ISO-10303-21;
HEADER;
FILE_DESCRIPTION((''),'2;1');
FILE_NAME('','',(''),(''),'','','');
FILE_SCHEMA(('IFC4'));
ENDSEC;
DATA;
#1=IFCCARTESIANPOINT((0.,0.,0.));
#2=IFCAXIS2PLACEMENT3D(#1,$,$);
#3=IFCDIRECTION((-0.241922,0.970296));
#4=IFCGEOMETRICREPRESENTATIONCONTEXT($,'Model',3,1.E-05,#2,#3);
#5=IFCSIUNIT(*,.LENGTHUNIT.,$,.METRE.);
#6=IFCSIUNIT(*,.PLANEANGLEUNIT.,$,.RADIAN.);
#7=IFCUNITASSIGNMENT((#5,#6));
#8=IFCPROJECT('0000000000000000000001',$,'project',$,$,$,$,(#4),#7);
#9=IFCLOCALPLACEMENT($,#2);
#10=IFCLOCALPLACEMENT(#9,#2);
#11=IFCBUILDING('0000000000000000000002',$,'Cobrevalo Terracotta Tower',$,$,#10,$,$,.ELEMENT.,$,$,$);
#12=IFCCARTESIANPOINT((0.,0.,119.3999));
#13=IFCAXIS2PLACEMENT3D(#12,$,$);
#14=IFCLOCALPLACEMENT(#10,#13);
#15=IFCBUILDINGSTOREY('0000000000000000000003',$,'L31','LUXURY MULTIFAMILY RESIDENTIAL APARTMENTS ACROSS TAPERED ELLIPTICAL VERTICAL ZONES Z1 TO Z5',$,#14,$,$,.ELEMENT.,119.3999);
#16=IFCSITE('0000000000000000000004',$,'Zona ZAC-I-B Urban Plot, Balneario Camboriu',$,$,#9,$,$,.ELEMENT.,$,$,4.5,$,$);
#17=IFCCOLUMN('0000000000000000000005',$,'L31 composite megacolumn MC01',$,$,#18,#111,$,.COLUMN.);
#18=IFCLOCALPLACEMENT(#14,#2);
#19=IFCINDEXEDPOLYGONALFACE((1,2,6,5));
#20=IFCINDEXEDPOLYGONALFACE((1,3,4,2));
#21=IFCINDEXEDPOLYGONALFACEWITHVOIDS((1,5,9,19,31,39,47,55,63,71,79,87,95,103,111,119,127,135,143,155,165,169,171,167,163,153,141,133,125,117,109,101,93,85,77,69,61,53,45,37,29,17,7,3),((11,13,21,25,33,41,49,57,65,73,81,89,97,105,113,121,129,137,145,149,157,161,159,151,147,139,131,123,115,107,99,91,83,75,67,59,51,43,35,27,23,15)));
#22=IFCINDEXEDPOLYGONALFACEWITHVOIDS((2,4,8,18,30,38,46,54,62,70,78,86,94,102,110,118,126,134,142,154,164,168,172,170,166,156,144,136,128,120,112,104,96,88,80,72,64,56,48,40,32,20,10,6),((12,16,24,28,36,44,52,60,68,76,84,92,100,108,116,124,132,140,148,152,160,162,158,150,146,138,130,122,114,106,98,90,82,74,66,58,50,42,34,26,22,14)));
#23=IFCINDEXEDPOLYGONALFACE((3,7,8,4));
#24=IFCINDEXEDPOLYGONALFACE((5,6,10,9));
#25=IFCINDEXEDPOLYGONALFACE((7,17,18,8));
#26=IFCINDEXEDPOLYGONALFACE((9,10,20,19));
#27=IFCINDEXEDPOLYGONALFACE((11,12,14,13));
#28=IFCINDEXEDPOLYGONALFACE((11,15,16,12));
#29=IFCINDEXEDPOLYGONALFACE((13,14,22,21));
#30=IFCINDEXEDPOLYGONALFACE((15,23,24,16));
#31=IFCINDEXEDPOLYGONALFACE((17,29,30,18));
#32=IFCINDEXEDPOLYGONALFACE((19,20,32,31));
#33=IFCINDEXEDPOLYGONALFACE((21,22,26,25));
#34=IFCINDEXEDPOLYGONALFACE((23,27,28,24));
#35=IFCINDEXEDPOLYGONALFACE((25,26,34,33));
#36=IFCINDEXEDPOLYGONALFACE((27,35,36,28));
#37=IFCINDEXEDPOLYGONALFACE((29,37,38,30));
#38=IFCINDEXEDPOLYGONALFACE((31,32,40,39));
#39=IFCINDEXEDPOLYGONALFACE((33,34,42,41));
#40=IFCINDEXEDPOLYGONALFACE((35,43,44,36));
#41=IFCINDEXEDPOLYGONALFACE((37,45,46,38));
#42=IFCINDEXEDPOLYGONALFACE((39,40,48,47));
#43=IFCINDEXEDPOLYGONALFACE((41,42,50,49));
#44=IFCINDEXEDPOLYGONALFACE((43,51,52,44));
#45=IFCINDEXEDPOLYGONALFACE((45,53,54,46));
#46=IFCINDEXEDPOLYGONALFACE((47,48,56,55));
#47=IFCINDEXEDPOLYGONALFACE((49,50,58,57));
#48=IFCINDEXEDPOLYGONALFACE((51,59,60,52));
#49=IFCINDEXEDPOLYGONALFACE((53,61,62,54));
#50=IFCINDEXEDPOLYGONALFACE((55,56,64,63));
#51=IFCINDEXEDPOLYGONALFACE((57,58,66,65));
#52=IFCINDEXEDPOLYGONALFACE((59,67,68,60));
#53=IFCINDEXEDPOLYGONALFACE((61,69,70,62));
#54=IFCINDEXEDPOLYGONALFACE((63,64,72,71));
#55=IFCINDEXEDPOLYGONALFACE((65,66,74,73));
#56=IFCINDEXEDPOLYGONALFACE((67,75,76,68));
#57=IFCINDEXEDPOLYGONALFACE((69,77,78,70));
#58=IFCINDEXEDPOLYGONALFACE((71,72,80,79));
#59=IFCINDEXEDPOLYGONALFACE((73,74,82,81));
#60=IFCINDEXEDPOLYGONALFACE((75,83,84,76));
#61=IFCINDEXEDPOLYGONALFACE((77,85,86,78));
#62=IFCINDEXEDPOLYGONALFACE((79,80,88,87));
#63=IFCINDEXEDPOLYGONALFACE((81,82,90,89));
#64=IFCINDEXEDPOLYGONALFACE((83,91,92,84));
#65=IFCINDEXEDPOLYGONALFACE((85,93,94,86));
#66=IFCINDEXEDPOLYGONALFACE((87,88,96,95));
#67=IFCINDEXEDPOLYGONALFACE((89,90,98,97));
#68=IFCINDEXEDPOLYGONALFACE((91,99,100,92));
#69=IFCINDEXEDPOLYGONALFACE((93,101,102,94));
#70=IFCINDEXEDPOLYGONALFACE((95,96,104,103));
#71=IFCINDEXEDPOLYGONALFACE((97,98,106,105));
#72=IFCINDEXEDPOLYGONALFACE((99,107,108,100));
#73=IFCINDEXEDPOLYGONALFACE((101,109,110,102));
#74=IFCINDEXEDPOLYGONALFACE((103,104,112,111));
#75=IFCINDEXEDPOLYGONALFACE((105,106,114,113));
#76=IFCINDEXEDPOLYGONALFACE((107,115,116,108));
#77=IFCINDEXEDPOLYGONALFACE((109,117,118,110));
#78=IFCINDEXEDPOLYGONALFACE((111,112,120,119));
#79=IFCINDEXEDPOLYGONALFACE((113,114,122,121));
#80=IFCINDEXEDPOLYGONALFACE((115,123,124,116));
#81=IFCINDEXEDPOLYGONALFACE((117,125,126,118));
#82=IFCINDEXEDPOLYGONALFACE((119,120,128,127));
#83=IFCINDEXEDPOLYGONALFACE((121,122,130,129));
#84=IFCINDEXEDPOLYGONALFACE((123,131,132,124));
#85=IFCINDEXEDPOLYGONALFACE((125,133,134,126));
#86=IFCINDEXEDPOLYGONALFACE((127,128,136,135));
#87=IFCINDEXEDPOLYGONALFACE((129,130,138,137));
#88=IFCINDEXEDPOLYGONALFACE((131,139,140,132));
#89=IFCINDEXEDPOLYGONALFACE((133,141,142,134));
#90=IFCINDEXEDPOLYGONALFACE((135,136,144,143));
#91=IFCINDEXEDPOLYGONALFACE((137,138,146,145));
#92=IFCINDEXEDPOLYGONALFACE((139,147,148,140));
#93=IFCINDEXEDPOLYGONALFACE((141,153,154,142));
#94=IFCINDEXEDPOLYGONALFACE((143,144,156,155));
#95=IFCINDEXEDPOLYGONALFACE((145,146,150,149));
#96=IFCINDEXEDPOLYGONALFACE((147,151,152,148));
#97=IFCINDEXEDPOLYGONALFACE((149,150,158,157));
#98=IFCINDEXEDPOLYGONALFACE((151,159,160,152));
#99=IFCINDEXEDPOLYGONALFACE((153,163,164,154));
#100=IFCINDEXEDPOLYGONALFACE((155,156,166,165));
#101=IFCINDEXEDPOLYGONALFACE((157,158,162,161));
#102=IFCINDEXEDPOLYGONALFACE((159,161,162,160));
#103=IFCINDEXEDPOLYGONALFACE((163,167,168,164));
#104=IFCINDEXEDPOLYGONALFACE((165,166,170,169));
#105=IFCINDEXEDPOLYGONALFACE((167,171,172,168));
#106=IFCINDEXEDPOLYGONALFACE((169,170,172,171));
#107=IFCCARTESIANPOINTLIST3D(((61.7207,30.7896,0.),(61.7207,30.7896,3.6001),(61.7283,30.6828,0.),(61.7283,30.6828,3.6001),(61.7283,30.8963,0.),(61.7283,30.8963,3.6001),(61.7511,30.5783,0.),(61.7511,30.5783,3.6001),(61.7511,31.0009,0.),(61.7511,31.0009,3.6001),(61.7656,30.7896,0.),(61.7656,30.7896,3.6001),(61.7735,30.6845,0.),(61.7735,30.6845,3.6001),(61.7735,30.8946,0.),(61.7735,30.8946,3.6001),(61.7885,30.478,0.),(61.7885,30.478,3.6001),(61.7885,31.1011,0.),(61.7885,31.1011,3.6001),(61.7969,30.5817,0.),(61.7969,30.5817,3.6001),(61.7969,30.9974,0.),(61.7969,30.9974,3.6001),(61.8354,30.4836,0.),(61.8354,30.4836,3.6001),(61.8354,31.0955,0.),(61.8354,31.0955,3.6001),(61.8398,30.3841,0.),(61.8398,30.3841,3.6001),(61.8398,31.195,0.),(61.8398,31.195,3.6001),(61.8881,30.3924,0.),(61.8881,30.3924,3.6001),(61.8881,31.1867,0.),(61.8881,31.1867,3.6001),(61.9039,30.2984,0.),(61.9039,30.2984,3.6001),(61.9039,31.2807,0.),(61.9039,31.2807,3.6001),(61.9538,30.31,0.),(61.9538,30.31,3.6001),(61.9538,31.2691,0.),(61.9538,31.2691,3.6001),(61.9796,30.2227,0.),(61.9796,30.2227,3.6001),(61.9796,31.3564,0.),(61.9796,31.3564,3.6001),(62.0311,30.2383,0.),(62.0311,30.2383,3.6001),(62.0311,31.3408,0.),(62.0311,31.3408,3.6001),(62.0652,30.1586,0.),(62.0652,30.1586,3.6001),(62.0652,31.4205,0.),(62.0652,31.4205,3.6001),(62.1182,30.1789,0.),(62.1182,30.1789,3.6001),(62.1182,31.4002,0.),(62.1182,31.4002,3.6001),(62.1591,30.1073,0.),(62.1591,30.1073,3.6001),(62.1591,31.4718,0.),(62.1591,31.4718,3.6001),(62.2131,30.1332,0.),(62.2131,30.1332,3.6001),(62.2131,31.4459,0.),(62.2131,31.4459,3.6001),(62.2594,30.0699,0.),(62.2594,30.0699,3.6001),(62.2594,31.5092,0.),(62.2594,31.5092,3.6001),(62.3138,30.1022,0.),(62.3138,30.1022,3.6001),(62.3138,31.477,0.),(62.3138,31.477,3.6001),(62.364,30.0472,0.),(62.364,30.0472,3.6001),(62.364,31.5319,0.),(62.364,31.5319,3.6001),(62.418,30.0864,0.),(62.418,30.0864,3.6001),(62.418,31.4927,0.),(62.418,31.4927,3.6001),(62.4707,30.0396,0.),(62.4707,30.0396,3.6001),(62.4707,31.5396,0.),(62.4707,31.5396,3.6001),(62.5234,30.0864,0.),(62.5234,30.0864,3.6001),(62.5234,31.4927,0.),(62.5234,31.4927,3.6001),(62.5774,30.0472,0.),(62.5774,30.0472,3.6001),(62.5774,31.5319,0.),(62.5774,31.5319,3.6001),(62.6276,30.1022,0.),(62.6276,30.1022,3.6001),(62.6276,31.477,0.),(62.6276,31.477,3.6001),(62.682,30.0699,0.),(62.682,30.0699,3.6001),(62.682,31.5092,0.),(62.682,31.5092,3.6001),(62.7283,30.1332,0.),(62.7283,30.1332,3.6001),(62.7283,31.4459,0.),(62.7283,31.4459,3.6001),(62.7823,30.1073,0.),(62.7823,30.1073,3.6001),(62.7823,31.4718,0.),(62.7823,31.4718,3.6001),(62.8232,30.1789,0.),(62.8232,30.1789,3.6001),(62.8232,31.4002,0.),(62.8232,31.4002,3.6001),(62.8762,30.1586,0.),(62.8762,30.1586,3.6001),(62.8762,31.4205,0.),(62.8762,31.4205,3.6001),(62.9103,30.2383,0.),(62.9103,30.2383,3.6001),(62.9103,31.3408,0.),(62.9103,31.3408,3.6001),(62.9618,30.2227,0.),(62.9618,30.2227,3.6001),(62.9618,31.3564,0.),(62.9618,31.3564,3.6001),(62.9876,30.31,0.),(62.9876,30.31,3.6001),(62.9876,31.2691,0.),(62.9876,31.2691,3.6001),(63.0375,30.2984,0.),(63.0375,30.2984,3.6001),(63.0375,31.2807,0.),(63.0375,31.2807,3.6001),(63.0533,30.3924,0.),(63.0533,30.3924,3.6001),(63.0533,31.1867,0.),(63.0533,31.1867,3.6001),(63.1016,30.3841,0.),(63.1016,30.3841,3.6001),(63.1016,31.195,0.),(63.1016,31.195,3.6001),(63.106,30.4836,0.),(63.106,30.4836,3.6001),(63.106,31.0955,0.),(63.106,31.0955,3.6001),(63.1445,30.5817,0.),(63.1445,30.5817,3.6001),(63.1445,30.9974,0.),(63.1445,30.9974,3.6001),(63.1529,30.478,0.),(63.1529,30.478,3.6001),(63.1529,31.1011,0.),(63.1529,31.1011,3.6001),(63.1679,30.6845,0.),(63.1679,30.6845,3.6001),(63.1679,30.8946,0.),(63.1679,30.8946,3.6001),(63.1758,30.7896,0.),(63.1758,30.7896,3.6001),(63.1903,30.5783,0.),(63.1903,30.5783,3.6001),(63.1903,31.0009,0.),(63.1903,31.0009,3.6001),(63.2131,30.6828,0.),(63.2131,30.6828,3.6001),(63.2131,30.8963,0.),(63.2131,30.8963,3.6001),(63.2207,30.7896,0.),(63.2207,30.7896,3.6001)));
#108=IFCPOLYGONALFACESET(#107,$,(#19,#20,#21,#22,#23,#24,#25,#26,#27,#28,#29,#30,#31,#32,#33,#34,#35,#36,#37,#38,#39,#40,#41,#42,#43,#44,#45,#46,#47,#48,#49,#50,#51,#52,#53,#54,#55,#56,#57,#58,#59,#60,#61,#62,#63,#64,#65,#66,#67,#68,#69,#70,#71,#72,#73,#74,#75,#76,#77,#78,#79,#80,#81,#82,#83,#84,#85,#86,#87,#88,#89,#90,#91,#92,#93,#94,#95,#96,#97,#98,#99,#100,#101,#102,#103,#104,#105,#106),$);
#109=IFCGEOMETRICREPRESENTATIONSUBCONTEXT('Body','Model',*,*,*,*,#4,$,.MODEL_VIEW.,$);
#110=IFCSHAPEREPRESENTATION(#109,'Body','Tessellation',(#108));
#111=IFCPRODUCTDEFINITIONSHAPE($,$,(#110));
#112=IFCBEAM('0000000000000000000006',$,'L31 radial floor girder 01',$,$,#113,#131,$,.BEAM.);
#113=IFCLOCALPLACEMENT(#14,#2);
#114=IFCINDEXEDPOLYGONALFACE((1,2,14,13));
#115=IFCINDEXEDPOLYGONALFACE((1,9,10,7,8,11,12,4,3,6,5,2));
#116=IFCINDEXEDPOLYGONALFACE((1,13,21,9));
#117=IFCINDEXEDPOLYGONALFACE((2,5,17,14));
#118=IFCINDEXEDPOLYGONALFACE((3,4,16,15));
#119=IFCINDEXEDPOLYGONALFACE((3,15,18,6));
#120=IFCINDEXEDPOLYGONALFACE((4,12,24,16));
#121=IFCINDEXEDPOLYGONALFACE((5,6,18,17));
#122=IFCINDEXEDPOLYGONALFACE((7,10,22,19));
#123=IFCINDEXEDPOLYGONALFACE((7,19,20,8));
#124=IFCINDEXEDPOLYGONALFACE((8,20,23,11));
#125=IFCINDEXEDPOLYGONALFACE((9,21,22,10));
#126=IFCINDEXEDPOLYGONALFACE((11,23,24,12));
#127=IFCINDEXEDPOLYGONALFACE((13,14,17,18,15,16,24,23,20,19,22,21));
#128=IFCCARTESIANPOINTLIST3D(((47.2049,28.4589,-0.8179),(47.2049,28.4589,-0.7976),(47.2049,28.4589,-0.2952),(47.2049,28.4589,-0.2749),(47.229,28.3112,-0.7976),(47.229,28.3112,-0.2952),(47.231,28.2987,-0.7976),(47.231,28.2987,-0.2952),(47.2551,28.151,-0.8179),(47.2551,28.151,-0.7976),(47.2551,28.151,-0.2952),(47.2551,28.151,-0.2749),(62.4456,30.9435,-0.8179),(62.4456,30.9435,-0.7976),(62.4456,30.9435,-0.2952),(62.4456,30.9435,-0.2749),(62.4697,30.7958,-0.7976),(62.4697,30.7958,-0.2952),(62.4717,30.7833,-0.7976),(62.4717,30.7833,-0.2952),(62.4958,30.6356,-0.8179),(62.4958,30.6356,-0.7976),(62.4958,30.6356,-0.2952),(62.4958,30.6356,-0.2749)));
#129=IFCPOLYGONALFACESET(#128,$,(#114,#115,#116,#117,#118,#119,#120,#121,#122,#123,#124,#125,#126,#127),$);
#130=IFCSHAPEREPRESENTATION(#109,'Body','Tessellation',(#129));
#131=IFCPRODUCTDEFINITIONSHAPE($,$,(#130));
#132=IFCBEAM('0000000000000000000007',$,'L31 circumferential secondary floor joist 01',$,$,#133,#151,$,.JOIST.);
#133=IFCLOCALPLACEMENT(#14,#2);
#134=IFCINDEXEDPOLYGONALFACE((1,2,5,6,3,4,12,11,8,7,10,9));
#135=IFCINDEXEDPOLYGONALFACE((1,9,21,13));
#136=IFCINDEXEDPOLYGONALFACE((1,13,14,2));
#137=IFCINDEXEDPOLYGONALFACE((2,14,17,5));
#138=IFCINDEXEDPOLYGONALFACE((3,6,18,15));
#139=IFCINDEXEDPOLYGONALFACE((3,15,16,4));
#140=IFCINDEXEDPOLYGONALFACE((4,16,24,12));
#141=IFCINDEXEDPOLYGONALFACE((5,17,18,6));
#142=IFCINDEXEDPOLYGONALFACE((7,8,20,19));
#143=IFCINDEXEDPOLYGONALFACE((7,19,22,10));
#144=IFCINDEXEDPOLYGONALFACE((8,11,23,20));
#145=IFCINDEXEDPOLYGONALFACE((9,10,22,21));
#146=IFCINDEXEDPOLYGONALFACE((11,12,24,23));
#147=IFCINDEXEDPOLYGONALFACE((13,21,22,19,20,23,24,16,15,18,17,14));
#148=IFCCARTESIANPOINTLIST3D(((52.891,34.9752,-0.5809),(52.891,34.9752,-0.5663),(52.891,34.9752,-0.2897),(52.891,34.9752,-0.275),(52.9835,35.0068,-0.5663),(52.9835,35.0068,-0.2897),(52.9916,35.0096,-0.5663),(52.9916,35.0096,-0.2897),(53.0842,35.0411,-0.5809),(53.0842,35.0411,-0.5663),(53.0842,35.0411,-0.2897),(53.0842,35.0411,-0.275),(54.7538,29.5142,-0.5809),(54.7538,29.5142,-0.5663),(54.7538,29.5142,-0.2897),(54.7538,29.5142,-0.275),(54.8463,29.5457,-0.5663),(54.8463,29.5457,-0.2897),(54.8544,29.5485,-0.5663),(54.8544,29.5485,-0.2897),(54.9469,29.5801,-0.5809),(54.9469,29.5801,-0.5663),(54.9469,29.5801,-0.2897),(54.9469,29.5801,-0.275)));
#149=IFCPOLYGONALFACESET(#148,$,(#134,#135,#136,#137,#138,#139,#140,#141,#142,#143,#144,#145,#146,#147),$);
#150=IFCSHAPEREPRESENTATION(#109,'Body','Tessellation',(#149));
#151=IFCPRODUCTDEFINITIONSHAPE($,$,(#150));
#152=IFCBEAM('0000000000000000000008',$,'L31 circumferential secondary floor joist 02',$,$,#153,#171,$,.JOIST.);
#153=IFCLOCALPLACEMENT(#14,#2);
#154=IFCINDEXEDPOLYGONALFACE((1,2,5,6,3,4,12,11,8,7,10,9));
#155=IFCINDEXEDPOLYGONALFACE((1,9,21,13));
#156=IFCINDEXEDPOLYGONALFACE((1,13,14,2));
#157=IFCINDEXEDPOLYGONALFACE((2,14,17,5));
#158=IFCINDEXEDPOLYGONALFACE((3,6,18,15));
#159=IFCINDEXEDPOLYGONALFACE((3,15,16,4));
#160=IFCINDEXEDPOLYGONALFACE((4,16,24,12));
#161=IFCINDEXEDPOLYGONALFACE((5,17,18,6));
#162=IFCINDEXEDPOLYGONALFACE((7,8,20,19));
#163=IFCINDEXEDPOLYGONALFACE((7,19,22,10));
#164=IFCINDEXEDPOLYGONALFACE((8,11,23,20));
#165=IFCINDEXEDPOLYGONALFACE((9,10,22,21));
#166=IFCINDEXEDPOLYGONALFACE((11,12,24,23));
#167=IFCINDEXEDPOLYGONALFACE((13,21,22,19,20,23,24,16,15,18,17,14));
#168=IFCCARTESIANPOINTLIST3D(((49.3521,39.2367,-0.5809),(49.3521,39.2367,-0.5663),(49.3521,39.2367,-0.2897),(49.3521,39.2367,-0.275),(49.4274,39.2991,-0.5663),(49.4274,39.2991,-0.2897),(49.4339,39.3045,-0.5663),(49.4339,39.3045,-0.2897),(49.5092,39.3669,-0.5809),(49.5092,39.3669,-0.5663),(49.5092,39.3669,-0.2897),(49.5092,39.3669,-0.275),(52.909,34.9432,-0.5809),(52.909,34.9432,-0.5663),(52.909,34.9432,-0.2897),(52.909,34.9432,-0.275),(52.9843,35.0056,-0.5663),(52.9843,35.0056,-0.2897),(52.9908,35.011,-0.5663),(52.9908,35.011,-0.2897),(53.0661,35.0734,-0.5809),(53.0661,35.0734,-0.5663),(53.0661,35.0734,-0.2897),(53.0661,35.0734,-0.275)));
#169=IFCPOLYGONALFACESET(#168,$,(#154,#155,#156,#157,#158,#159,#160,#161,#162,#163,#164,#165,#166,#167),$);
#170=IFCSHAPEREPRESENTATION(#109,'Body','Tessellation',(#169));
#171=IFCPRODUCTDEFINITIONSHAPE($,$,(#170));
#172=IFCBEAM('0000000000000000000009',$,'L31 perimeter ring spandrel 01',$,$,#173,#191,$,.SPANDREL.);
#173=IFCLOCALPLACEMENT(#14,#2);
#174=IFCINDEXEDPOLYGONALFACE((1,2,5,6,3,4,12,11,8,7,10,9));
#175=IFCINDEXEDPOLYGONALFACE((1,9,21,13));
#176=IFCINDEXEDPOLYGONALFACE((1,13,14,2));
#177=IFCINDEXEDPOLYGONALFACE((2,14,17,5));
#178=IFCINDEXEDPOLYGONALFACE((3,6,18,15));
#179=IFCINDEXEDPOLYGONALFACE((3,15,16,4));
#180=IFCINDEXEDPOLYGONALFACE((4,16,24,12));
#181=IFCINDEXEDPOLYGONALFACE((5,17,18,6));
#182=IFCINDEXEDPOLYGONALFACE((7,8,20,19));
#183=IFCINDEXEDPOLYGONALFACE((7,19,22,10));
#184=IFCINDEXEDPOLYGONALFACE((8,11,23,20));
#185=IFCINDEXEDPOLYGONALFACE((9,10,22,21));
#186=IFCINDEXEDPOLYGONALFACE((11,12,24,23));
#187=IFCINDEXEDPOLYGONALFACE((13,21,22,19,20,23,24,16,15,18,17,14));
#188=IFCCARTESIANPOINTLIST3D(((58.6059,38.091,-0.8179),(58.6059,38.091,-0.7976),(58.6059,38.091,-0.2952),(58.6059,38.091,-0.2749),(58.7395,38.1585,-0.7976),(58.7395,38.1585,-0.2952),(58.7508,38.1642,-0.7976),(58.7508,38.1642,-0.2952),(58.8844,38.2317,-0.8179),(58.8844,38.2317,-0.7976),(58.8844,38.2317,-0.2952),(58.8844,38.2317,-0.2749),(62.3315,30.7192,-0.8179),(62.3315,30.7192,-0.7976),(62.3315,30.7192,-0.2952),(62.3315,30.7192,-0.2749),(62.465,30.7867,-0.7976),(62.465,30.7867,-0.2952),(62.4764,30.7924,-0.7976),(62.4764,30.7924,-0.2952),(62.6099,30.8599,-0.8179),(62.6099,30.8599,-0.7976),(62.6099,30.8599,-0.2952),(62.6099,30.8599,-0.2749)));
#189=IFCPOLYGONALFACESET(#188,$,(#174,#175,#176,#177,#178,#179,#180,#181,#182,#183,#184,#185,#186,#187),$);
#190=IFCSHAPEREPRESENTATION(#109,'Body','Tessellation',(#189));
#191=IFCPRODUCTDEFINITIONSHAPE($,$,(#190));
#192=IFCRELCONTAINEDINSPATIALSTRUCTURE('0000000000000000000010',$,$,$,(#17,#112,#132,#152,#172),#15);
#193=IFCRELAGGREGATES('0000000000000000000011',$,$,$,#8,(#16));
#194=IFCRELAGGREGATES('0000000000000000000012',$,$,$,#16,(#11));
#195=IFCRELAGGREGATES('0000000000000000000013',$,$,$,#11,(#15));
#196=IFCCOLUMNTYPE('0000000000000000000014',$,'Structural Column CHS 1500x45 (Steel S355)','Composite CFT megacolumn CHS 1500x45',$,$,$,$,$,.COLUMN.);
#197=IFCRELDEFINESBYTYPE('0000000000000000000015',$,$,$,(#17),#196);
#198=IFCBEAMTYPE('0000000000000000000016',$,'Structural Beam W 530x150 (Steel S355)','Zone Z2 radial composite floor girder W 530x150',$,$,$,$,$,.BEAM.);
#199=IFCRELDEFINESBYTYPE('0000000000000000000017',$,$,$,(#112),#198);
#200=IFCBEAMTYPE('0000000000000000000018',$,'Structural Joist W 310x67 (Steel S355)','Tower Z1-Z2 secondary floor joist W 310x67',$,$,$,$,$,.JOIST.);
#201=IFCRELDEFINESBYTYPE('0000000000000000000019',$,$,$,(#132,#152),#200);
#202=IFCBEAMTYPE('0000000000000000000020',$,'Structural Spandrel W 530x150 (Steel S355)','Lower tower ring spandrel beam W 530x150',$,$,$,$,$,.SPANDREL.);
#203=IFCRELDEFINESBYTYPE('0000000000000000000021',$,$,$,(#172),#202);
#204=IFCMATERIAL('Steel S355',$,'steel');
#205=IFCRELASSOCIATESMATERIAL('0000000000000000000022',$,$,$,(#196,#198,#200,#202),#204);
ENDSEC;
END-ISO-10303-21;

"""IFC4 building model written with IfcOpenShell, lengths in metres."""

from ifc_helpers import new_model, si_unit, direction, frame, origin, origin_2d, place, context, subcontext, project, spatial, hollow_circle, i_section, extrude, material, material_profile, profile_set, type_object, element, save


model = new_model("IFC4")

# Units and contexts
model_context = context("Model", 3, precision=1e-05, world=origin(), true_north=direction((-0.241922, 0.970296)))
body_context = subcontext(model_context, "Body", "Model", "MODEL_VIEW")
ifc_project = project(units=[si_unit("LENGTHUNIT", "METRE"), si_unit("PLANEANGLEUNIT", "RADIAN")], contexts=[model_context])

# Site, building, storey
site_placement = place(None, origin())
site = spatial("IfcSite", under=ifc_project, at=site_placement, Name="Zona ZAC-I-B Urban Plot, Balneario Camboriu", CompositionType="ELEMENT", RefElevation=4.5)
building_placement = place(site_placement, origin())
building = spatial("IfcBuilding", under=site, at=building_placement, Name="Cobrevalo Terracotta Tower", CompositionType="ELEMENT")
storey_placement = place(building_placement, frame((0.0, 0.0, 119.3999)))
storey = spatial("IfcBuildingStorey", under=building, at=storey_placement, Name="L31", Description="LUXURY MULTIFAMILY RESIDENTIAL APARTMENTS ACROSS TAPERED ELLIPTICAL VERTICAL ZONES Z1 TO Z5", CompositionType="ELEMENT", Elevation=119.3999)

# Column
ifc_material_1 = material(Name="Steel S355", Category="steel")
ifc_material_profile_1 = material_profile(ifc_material_1, hollow_circle(Radius=0.75, WallThickness=0.0449, at=origin_2d()), Name="CHS 1500x45")
ifc_profile_set_1 = profile_set([ifc_material_profile_1], Name="Steel S355")
column_type = type_object("IfcColumnType", Name="Structural Column CHS 1500x45 (Steel S355)", Description="Composite CFT megacolumn CHS 1500x45", PredefinedType="COLUMN", material=ifc_profile_set_1)
column_placement = place(storey_placement, frame((62.4707, 30.7896, 0.0), z_axis=(0.0, 0.0, 1.0), x_axis=(1.0, 0.0, 0.0)))
element("IfcColumn", 1, at=column_placement, inside=storey, type_object=column_type, Name="L31 composite megacolumn MC01", PredefinedType="COLUMN", context=body_context, shape_type="SweptSolid", body=[
    extrude(hollow_circle(Radius=0.75, WallThickness=0.0449, at=origin_2d()), origin(), (0.0, 0.0, 1.0), 3.6001),
])

# Beams
ifc_material_profile_2 = material_profile(ifc_material_1, i_section(OverallWidth=0.312, OverallDepth=0.543, WebThickness=0.0127, FlangeThickness=0.0203, at=origin_2d()), Name="W 530x150")
ifc_profile_set_2 = profile_set([ifc_material_profile_2], Name="Steel S355")
beam_type_1 = type_object("IfcBeamType", Name="Structural Beam W 530x150 (Steel S355)", Description="Zone Z2 radial composite floor girder W 530x150", PredefinedType="BEAM", material=ifc_profile_set_2)
beam_1_placement = place(storey_placement, frame((62.4707, 30.7896, -0.5464), z_axis=(-0.986971, -0.160901, 0.0), x_axis=(0.160901, -0.986971, 0.0)))
element("IfcBeam", 2, at=beam_1_placement, inside=storey, type_object=beam_type_1, Name="L31 radial floor girder 01", PredefinedType="BEAM", context=body_context, shape_type="SweptSolid", body=[
    extrude(i_section(OverallWidth=0.312, OverallDepth=0.543, WebThickness=0.0127, FlangeThickness=0.0203, at=origin_2d()), origin(), (0.0, 0.0, 1.0), 15.4419),
])
ifc_material_profile_3 = material_profile(ifc_material_1, i_section(OverallWidth=0.2041, OverallDepth=0.3059, WebThickness=0.0085, FlangeThickness=0.0146, at=origin_2d()), Name="W 310x67")
ifc_profile_set_3 = profile_set([ifc_material_profile_3], Name="Steel S355")
beam_type_2 = type_object("IfcBeamType", Name="Structural Joist W 310x67 (Steel S355)", Description="Tower Z1-Z2 secondary floor joist W 310x67", PredefinedType="JOIST", material=ifc_profile_set_3)
beam_2_placement = place(storey_placement, frame((54.8503, 29.5471, -0.428), z_axis=(-0.322833, 0.946456, 0.0), x_axis=(-0.946456, -0.322833, 0.0)))
element("IfcBeam", 3, at=beam_2_placement, inside=storey, type_object=beam_type_2, Name="L31 circumferential secondary floor joist 01", PredefinedType="JOIST", context=body_context, shape_type="SweptSolid", body=[
    extrude(i_section(OverallWidth=0.2041, OverallDepth=0.3059, WebThickness=0.0085, FlangeThickness=0.0146, at=origin_2d()), origin(), (0.0, 0.0, 1.0), 5.77),
])
beam_3_placement = place(storey_placement, frame((52.9875, 35.0083, -0.428), z_axis=(-0.637959, 0.77007, 0.0), x_axis=(-0.77007, -0.637959, 0.0)))
element("IfcBeam", 4, at=beam_3_placement, inside=storey, type_object=beam_type_2, Name="L31 circumferential secondary floor joist 02", PredefinedType="JOIST", context=body_context, shape_type="SweptSolid", body=[
    extrude(i_section(OverallWidth=0.2041, OverallDepth=0.3059, WebThickness=0.0085, FlangeThickness=0.0146, at=origin_2d()), origin(), (0.0, 0.0, 1.0), 5.5754),
])
ifc_material_profile_4 = material_profile(ifc_material_1, i_section(OverallWidth=0.312, OverallDepth=0.543, WebThickness=0.0127, FlangeThickness=0.0203, at=origin_2d()), Name="W 530x150")
ifc_profile_set_4 = profile_set([ifc_material_profile_4], Name="Steel S355")
beam_type_3 = type_object("IfcBeamType", Name="Structural Spandrel W 530x150 (Steel S355)", Description="Lower tower ring spandrel beam W 530x150", PredefinedType="SPANDREL", material=ifc_profile_set_4)
beam_4_placement = place(storey_placement, frame((62.4707, 30.7896, -0.5464), z_axis=(-0.451052, 0.892498, 0.0), x_axis=(-0.892498, -0.451052, 0.0)))
element("IfcBeam", 5, at=beam_4_placement, inside=storey, type_object=beam_type_3, Name="L31 perimeter ring spandrel 01", PredefinedType="SPANDREL", context=body_context, shape_type="SweptSolid", body=[
    extrude(i_section(OverallWidth=0.312, OverallDepth=0.543, WebThickness=0.0127, FlangeThickness=0.0203, at=origin_2d()), origin(), (0.0, 0.0, 1.0), 8.2598),
])

save(model, "model.ifc")
